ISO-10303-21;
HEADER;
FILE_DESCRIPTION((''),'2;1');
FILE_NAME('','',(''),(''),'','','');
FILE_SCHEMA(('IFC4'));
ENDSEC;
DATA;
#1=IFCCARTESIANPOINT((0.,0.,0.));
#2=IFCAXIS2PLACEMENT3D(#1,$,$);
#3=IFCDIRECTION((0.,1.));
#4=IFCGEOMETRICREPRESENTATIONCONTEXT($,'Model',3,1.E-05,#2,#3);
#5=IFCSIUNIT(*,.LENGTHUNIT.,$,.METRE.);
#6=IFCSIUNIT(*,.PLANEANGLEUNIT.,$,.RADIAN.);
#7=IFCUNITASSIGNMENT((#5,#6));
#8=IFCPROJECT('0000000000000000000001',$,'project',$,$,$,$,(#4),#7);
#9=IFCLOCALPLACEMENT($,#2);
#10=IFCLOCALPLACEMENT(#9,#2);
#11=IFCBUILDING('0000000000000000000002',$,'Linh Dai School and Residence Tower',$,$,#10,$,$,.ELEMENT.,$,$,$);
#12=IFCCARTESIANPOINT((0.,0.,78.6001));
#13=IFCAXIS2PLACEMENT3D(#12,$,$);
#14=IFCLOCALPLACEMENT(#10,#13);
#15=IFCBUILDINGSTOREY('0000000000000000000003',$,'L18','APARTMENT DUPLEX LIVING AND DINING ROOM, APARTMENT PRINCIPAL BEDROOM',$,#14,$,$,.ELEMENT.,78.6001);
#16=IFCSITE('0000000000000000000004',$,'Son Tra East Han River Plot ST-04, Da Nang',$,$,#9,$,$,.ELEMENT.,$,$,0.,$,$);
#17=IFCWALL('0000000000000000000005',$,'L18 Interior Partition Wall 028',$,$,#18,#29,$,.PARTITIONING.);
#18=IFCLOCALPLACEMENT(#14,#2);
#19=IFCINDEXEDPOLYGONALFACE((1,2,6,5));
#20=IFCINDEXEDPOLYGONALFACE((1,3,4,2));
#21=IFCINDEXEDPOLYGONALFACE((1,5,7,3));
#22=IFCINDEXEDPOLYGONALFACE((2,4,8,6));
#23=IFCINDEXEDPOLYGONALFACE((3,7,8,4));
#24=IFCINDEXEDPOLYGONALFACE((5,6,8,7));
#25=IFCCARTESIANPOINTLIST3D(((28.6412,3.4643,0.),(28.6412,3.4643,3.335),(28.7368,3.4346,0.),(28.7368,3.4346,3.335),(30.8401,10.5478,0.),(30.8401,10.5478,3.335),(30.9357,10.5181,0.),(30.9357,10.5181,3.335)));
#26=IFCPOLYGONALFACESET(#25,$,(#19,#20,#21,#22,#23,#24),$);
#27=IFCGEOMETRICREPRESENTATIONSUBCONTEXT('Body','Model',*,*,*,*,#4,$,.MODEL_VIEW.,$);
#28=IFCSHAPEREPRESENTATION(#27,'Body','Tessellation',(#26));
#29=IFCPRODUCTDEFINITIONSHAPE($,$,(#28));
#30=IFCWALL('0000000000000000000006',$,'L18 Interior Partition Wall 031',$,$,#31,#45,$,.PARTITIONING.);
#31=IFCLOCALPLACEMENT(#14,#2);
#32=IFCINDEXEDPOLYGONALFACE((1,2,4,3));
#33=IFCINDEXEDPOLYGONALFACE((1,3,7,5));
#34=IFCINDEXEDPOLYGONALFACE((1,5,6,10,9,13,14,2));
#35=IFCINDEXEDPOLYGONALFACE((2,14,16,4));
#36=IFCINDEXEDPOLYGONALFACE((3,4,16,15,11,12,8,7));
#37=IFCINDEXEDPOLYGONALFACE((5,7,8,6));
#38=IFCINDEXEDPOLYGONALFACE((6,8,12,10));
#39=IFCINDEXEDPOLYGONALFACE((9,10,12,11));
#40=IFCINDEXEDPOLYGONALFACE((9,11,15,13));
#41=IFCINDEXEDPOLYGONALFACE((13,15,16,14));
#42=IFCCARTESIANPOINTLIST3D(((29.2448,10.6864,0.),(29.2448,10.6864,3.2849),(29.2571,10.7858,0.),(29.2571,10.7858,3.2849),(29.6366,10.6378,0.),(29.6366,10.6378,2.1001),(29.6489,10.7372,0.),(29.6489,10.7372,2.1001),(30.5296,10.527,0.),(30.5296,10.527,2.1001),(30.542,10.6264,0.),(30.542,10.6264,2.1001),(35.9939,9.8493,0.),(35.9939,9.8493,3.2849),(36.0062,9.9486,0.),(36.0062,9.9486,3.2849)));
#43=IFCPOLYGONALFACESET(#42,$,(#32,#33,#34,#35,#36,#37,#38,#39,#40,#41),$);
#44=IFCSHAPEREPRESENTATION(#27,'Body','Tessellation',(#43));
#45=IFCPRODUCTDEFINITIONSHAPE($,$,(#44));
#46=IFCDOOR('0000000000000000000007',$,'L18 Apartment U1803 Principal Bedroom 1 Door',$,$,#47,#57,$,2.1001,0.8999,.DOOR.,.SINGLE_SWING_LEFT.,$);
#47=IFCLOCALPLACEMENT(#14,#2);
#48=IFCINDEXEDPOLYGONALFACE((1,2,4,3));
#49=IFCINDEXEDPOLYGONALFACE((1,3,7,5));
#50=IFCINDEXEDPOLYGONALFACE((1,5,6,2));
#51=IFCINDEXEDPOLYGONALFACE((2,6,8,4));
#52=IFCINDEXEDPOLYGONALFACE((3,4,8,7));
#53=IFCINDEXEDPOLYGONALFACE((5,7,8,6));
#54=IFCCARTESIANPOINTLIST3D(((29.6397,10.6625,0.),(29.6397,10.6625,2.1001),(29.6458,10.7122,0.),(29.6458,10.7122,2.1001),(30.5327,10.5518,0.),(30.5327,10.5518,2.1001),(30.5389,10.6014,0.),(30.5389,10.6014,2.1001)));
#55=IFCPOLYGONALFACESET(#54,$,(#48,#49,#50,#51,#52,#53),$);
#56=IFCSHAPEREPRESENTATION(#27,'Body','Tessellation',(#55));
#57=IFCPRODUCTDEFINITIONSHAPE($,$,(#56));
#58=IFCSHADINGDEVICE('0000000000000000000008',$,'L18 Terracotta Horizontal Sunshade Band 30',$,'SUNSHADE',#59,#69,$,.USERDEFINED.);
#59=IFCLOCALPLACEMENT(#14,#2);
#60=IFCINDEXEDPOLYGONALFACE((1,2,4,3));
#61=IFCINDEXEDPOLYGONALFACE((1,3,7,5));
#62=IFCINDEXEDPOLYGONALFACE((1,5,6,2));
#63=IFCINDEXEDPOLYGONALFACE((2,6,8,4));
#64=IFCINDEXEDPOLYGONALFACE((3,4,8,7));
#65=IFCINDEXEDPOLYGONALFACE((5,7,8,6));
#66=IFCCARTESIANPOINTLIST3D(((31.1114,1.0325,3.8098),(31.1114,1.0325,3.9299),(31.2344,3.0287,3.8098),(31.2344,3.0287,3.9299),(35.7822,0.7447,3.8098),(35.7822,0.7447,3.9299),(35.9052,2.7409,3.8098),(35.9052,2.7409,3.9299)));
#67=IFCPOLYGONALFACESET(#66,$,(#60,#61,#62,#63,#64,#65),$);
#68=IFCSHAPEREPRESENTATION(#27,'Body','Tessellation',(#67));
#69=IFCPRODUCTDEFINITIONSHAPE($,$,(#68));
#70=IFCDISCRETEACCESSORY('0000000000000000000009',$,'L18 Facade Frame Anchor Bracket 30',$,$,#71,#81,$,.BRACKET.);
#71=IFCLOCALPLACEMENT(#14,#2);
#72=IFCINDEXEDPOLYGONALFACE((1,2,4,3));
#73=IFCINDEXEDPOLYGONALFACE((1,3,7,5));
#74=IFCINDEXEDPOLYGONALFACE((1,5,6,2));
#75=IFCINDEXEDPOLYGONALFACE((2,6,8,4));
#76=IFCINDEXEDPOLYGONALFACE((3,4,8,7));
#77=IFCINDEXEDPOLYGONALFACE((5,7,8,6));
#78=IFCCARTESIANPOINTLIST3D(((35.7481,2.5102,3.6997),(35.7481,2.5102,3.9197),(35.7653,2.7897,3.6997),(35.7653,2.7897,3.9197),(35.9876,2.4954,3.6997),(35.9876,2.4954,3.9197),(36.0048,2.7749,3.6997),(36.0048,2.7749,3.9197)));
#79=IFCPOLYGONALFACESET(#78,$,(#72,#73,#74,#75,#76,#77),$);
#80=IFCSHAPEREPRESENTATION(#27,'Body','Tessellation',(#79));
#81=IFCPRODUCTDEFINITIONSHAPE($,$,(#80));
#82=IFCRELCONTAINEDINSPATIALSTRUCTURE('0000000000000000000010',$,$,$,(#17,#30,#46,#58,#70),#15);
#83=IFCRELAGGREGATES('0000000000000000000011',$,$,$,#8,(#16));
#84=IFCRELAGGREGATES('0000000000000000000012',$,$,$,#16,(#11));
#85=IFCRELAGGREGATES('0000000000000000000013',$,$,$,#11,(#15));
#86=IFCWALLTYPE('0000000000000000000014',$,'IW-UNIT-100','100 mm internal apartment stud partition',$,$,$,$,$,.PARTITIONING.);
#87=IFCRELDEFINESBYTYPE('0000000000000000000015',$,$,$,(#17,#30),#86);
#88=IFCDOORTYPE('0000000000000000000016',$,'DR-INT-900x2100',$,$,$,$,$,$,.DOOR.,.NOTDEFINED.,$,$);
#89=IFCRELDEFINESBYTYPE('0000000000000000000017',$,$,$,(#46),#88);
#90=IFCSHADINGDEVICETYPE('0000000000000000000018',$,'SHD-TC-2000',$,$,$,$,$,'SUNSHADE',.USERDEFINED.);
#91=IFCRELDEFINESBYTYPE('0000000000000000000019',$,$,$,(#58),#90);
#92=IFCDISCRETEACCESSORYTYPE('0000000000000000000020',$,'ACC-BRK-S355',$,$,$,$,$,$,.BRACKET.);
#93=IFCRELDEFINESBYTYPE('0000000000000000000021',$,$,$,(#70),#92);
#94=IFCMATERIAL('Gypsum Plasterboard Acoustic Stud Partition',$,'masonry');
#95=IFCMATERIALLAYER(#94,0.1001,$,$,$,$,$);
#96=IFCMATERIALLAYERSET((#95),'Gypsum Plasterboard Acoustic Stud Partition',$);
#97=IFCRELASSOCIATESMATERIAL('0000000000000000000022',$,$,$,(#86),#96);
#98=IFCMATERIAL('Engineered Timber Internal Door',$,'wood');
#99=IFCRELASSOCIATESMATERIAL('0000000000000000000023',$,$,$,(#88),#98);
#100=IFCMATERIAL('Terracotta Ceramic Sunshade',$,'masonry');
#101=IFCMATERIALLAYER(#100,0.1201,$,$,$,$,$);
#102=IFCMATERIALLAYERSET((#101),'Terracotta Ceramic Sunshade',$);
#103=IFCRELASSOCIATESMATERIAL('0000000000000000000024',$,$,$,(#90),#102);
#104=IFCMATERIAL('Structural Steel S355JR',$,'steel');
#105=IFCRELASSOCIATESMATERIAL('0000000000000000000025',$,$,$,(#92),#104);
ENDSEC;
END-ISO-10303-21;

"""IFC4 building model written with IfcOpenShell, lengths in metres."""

from ifc_helpers import new_model, si_unit, direction, frame, frame_2d, origin, origin_2d, place, context, subcontext, project, spatial, rectangle, extrude, source, transform, mapped, material, layer, layer_set, type_object, element, fill, save


model = new_model("IFC4")

# Units and contexts
model_context = context("Model", 3, precision=1e-05, world=origin(), true_north=direction((0.0, 1.0)))
body_context = subcontext(model_context, "Body", "Model", "MODEL_VIEW")
ifc_project = project(units=[si_unit("LENGTHUNIT", "METRE"), si_unit("PLANEANGLEUNIT", "RADIAN")], contexts=[model_context])

# Site, building, storey
site_placement = place(None, origin())
site = spatial("IfcSite", under=ifc_project, at=site_placement, Name="Son Tra East Han River Plot ST-04, Da Nang", CompositionType="ELEMENT", RefElevation=0.0)
building_placement = place(site_placement, origin())
building = spatial("IfcBuilding", under=site, at=building_placement, Name="Linh Dai School and Residence Tower", CompositionType="ELEMENT")
storey_placement = place(building_placement, frame((0.0, 0.0, 78.6001)))
storey = spatial("IfcBuildingStorey", under=building, at=storey_placement, Name="L18", Description="APARTMENT DUPLEX LIVING AND DINING ROOM, APARTMENT PRINCIPAL BEDROOM", CompositionType="ELEMENT", Elevation=78.6001)

# Shared definitions
ifc_material_1 = material(Name="Structural Steel S355JR", Category="steel")

# Shared definitions
ifc_material_2 = material(Name="Gypsum Plasterboard Acoustic Stud Partition", Category="masonry")
ifc_layer_1 = layer(ifc_material_2, 0.1001)
ifc_layer_set_1 = layer_set([ifc_layer_1], Name="Gypsum Plasterboard Acoustic Stud Partition")
wall_type_1 = type_object("IfcWallType", Name="IW-UNIT-100", Description="100 mm internal apartment stud partition", PredefinedType="PARTITIONING", material=ifc_layer_set_1)

# Wall
wall_1_placement = place(storey_placement, frame((28.689, 3.4495, 0.0), z_axis=(0.0, 0.0, 1.0), x_axis=(0.296479, 0.955039, 0.0)))
element("IfcWall", 1, at=wall_1_placement, inside=storey, type_object=wall_type_1, Name="L18 Interior Partition Wall 028", PredefinedType="PARTITIONING", context=body_context, shape_type="SweptSolid", body=[
    extrude(rectangle(XDim=7.417, YDim=0.1001, at=frame_2d((3.7085, 0.0))), origin(), (0.0, 0.0, 1.0), 3.335),
])

# Wall, opening, door
wall_2_placement = place(storey_placement, frame((29.251, 10.7361, 0.0), z_axis=(0.0, 0.0, 1.0), x_axis=(0.992395, -0.123098, 0.0)))
wall_2 = element("IfcWall", 2, at=wall_2_placement, inside=storey, type_object=wall_type_1, Name="L18 Interior Partition Wall 031", PredefinedType="PARTITIONING", context=body_context, shape_type="SweptSolid", body=[
    extrude(rectangle(XDim=6.8008, YDim=0.1001, at=frame_2d((3.4004, 0.0))), origin(), (0.0, 0.0, 1.0), 3.2849),
])
opening_1_placement = place(wall_2_placement, frame((0.3948, 0.0, 0.0)))
opening_1 = element("IfcOpeningElement", 3, at=opening_1_placement, cuts=wall_2, PredefinedType="OPENING", context=body_context, shape_type="SweptSolid", body=[
    extrude(rectangle(XDim=0.8999, YDim=2.1001, at=origin_2d()), frame((0.45, 0.0601, 1.05), z_axis=(0.0, -1.0, 0.0), x_axis=(1.0, 0.0, 0.0)), (0.0, 0.0, 1.0), 0.1201),
])
ifc_material_3 = material(Name="Engineered Timber Internal Door", Category="wood")
door_type_1 = type_object("IfcDoorType", Name="DR-INT-900x2100", OperationType="NOTDEFINED", PredefinedType="DOOR", material=ifc_material_3)
shared_shape_1 = source(origin(), body_context, "Body", "SweptSolid", [
    extrude(rectangle(XDim=0.8999, YDim=2.1001, at=origin_2d()), frame((0.45, 0.0249, 1.05), z_axis=(0.0, -1.0, 0.0), x_axis=(1.0, 0.0, 0.0)), (0.0, 0.0, 1.0), 0.05),
])
door_1_placement = place(opening_1_placement, origin())
door_1 = element("IfcDoor", 4, at=door_1_placement, inside=storey, type_object=door_type_1, Name="L18 Apartment U1803 Principal Bedroom 1 Door", OperationType="SINGLE_SWING_LEFT", OverallHeight=2.1001, OverallWidth=0.8999, PredefinedType="DOOR", context=body_context, shape_type="MappedRepresentation", body=[
    mapped(shared_shape_1, transform((0.0, 0.0, 0.0), x_axis=(1.0, 0.0, 0.0), y_axis=(0.0, 1.0, 0.0), z_axis=(0.0, 0.0, 1.0), scale=1.0)),
])
fill(opening_1, door_1)

# Shading device
ifc_material_4 = material(Name="Terracotta Ceramic Sunshade", Category="masonry")
ifc_layer_2 = layer(ifc_material_4, 0.1201)
ifc_layer_set_2 = layer_set([ifc_layer_2], Name="Terracotta Ceramic Sunshade")
shading_device_type = type_object("IfcShadingDeviceType", Name="SHD-TC-2000", ElementType="SUNSHADE", PredefinedType="USERDEFINED", material=ifc_layer_set_2)
shared_shape_2 = source(origin(), body_context, "Body", "SweptSolid", [
    extrude(rectangle(XDim=4.6797, YDim=2.0, at=origin_2d()), origin(), (0.0, 0.0, 1.0), 0.1201),
])
shading_device_placement = place(storey_placement, frame((33.5083, 1.8867, 3.8098), z_axis=(0.0, 0.0, 1.0), x_axis=(-0.998107, 0.061507, 0.0)))
element("IfcShadingDevice", 5, at=shading_device_placement, inside=storey, type_object=shading_device_type, Name="L18 Terracotta Horizontal Sunshade Band 30", ObjectType="SUNSHADE", PredefinedType="USERDEFINED", context=body_context, shape_type="MappedRepresentation", body=[
    mapped(shared_shape_2, transform((0.0, 0.0, 0.0), x_axis=(1.0, 0.0, 0.0), y_axis=(0.0, 1.0, 0.0), z_axis=(0.0, 0.0, 1.0), scale=1.0)),
])

# Discrete accessory
discrete_accessory_type = type_object("IfcDiscreteAccessoryType", Name="ACC-BRK-S355", PredefinedType="BRACKET", material=ifc_material_1)
shared_shape_3 = source(origin(), body_context, "Body", "SweptSolid", [
    extrude(rectangle(XDim=0.28, YDim=0.24, at=origin_2d()), origin(), (0.0, 0.0, 1.0), 0.22),
])
discrete_accessory_placement = place(storey_placement, frame((35.8765, 2.6426, 3.6997), z_axis=(0.0, 0.0, 1.0), x_axis=(-0.061507, -0.998107, 0.0)))
element("IfcDiscreteAccessory", 6, at=discrete_accessory_placement, inside=storey, type_object=discrete_accessory_type, Name="L18 Facade Frame Anchor Bracket 30", PredefinedType="BRACKET", context=body_context, shape_type="MappedRepresentation", body=[
    mapped(shared_shape_3, transform((0.0, 0.0, 0.0), x_axis=(1.0, 0.0, 0.0), y_axis=(0.0, 1.0, 0.0), z_axis=(0.0, 0.0, 1.0), scale=1.0)),
])

save(model, "model.ifc")
